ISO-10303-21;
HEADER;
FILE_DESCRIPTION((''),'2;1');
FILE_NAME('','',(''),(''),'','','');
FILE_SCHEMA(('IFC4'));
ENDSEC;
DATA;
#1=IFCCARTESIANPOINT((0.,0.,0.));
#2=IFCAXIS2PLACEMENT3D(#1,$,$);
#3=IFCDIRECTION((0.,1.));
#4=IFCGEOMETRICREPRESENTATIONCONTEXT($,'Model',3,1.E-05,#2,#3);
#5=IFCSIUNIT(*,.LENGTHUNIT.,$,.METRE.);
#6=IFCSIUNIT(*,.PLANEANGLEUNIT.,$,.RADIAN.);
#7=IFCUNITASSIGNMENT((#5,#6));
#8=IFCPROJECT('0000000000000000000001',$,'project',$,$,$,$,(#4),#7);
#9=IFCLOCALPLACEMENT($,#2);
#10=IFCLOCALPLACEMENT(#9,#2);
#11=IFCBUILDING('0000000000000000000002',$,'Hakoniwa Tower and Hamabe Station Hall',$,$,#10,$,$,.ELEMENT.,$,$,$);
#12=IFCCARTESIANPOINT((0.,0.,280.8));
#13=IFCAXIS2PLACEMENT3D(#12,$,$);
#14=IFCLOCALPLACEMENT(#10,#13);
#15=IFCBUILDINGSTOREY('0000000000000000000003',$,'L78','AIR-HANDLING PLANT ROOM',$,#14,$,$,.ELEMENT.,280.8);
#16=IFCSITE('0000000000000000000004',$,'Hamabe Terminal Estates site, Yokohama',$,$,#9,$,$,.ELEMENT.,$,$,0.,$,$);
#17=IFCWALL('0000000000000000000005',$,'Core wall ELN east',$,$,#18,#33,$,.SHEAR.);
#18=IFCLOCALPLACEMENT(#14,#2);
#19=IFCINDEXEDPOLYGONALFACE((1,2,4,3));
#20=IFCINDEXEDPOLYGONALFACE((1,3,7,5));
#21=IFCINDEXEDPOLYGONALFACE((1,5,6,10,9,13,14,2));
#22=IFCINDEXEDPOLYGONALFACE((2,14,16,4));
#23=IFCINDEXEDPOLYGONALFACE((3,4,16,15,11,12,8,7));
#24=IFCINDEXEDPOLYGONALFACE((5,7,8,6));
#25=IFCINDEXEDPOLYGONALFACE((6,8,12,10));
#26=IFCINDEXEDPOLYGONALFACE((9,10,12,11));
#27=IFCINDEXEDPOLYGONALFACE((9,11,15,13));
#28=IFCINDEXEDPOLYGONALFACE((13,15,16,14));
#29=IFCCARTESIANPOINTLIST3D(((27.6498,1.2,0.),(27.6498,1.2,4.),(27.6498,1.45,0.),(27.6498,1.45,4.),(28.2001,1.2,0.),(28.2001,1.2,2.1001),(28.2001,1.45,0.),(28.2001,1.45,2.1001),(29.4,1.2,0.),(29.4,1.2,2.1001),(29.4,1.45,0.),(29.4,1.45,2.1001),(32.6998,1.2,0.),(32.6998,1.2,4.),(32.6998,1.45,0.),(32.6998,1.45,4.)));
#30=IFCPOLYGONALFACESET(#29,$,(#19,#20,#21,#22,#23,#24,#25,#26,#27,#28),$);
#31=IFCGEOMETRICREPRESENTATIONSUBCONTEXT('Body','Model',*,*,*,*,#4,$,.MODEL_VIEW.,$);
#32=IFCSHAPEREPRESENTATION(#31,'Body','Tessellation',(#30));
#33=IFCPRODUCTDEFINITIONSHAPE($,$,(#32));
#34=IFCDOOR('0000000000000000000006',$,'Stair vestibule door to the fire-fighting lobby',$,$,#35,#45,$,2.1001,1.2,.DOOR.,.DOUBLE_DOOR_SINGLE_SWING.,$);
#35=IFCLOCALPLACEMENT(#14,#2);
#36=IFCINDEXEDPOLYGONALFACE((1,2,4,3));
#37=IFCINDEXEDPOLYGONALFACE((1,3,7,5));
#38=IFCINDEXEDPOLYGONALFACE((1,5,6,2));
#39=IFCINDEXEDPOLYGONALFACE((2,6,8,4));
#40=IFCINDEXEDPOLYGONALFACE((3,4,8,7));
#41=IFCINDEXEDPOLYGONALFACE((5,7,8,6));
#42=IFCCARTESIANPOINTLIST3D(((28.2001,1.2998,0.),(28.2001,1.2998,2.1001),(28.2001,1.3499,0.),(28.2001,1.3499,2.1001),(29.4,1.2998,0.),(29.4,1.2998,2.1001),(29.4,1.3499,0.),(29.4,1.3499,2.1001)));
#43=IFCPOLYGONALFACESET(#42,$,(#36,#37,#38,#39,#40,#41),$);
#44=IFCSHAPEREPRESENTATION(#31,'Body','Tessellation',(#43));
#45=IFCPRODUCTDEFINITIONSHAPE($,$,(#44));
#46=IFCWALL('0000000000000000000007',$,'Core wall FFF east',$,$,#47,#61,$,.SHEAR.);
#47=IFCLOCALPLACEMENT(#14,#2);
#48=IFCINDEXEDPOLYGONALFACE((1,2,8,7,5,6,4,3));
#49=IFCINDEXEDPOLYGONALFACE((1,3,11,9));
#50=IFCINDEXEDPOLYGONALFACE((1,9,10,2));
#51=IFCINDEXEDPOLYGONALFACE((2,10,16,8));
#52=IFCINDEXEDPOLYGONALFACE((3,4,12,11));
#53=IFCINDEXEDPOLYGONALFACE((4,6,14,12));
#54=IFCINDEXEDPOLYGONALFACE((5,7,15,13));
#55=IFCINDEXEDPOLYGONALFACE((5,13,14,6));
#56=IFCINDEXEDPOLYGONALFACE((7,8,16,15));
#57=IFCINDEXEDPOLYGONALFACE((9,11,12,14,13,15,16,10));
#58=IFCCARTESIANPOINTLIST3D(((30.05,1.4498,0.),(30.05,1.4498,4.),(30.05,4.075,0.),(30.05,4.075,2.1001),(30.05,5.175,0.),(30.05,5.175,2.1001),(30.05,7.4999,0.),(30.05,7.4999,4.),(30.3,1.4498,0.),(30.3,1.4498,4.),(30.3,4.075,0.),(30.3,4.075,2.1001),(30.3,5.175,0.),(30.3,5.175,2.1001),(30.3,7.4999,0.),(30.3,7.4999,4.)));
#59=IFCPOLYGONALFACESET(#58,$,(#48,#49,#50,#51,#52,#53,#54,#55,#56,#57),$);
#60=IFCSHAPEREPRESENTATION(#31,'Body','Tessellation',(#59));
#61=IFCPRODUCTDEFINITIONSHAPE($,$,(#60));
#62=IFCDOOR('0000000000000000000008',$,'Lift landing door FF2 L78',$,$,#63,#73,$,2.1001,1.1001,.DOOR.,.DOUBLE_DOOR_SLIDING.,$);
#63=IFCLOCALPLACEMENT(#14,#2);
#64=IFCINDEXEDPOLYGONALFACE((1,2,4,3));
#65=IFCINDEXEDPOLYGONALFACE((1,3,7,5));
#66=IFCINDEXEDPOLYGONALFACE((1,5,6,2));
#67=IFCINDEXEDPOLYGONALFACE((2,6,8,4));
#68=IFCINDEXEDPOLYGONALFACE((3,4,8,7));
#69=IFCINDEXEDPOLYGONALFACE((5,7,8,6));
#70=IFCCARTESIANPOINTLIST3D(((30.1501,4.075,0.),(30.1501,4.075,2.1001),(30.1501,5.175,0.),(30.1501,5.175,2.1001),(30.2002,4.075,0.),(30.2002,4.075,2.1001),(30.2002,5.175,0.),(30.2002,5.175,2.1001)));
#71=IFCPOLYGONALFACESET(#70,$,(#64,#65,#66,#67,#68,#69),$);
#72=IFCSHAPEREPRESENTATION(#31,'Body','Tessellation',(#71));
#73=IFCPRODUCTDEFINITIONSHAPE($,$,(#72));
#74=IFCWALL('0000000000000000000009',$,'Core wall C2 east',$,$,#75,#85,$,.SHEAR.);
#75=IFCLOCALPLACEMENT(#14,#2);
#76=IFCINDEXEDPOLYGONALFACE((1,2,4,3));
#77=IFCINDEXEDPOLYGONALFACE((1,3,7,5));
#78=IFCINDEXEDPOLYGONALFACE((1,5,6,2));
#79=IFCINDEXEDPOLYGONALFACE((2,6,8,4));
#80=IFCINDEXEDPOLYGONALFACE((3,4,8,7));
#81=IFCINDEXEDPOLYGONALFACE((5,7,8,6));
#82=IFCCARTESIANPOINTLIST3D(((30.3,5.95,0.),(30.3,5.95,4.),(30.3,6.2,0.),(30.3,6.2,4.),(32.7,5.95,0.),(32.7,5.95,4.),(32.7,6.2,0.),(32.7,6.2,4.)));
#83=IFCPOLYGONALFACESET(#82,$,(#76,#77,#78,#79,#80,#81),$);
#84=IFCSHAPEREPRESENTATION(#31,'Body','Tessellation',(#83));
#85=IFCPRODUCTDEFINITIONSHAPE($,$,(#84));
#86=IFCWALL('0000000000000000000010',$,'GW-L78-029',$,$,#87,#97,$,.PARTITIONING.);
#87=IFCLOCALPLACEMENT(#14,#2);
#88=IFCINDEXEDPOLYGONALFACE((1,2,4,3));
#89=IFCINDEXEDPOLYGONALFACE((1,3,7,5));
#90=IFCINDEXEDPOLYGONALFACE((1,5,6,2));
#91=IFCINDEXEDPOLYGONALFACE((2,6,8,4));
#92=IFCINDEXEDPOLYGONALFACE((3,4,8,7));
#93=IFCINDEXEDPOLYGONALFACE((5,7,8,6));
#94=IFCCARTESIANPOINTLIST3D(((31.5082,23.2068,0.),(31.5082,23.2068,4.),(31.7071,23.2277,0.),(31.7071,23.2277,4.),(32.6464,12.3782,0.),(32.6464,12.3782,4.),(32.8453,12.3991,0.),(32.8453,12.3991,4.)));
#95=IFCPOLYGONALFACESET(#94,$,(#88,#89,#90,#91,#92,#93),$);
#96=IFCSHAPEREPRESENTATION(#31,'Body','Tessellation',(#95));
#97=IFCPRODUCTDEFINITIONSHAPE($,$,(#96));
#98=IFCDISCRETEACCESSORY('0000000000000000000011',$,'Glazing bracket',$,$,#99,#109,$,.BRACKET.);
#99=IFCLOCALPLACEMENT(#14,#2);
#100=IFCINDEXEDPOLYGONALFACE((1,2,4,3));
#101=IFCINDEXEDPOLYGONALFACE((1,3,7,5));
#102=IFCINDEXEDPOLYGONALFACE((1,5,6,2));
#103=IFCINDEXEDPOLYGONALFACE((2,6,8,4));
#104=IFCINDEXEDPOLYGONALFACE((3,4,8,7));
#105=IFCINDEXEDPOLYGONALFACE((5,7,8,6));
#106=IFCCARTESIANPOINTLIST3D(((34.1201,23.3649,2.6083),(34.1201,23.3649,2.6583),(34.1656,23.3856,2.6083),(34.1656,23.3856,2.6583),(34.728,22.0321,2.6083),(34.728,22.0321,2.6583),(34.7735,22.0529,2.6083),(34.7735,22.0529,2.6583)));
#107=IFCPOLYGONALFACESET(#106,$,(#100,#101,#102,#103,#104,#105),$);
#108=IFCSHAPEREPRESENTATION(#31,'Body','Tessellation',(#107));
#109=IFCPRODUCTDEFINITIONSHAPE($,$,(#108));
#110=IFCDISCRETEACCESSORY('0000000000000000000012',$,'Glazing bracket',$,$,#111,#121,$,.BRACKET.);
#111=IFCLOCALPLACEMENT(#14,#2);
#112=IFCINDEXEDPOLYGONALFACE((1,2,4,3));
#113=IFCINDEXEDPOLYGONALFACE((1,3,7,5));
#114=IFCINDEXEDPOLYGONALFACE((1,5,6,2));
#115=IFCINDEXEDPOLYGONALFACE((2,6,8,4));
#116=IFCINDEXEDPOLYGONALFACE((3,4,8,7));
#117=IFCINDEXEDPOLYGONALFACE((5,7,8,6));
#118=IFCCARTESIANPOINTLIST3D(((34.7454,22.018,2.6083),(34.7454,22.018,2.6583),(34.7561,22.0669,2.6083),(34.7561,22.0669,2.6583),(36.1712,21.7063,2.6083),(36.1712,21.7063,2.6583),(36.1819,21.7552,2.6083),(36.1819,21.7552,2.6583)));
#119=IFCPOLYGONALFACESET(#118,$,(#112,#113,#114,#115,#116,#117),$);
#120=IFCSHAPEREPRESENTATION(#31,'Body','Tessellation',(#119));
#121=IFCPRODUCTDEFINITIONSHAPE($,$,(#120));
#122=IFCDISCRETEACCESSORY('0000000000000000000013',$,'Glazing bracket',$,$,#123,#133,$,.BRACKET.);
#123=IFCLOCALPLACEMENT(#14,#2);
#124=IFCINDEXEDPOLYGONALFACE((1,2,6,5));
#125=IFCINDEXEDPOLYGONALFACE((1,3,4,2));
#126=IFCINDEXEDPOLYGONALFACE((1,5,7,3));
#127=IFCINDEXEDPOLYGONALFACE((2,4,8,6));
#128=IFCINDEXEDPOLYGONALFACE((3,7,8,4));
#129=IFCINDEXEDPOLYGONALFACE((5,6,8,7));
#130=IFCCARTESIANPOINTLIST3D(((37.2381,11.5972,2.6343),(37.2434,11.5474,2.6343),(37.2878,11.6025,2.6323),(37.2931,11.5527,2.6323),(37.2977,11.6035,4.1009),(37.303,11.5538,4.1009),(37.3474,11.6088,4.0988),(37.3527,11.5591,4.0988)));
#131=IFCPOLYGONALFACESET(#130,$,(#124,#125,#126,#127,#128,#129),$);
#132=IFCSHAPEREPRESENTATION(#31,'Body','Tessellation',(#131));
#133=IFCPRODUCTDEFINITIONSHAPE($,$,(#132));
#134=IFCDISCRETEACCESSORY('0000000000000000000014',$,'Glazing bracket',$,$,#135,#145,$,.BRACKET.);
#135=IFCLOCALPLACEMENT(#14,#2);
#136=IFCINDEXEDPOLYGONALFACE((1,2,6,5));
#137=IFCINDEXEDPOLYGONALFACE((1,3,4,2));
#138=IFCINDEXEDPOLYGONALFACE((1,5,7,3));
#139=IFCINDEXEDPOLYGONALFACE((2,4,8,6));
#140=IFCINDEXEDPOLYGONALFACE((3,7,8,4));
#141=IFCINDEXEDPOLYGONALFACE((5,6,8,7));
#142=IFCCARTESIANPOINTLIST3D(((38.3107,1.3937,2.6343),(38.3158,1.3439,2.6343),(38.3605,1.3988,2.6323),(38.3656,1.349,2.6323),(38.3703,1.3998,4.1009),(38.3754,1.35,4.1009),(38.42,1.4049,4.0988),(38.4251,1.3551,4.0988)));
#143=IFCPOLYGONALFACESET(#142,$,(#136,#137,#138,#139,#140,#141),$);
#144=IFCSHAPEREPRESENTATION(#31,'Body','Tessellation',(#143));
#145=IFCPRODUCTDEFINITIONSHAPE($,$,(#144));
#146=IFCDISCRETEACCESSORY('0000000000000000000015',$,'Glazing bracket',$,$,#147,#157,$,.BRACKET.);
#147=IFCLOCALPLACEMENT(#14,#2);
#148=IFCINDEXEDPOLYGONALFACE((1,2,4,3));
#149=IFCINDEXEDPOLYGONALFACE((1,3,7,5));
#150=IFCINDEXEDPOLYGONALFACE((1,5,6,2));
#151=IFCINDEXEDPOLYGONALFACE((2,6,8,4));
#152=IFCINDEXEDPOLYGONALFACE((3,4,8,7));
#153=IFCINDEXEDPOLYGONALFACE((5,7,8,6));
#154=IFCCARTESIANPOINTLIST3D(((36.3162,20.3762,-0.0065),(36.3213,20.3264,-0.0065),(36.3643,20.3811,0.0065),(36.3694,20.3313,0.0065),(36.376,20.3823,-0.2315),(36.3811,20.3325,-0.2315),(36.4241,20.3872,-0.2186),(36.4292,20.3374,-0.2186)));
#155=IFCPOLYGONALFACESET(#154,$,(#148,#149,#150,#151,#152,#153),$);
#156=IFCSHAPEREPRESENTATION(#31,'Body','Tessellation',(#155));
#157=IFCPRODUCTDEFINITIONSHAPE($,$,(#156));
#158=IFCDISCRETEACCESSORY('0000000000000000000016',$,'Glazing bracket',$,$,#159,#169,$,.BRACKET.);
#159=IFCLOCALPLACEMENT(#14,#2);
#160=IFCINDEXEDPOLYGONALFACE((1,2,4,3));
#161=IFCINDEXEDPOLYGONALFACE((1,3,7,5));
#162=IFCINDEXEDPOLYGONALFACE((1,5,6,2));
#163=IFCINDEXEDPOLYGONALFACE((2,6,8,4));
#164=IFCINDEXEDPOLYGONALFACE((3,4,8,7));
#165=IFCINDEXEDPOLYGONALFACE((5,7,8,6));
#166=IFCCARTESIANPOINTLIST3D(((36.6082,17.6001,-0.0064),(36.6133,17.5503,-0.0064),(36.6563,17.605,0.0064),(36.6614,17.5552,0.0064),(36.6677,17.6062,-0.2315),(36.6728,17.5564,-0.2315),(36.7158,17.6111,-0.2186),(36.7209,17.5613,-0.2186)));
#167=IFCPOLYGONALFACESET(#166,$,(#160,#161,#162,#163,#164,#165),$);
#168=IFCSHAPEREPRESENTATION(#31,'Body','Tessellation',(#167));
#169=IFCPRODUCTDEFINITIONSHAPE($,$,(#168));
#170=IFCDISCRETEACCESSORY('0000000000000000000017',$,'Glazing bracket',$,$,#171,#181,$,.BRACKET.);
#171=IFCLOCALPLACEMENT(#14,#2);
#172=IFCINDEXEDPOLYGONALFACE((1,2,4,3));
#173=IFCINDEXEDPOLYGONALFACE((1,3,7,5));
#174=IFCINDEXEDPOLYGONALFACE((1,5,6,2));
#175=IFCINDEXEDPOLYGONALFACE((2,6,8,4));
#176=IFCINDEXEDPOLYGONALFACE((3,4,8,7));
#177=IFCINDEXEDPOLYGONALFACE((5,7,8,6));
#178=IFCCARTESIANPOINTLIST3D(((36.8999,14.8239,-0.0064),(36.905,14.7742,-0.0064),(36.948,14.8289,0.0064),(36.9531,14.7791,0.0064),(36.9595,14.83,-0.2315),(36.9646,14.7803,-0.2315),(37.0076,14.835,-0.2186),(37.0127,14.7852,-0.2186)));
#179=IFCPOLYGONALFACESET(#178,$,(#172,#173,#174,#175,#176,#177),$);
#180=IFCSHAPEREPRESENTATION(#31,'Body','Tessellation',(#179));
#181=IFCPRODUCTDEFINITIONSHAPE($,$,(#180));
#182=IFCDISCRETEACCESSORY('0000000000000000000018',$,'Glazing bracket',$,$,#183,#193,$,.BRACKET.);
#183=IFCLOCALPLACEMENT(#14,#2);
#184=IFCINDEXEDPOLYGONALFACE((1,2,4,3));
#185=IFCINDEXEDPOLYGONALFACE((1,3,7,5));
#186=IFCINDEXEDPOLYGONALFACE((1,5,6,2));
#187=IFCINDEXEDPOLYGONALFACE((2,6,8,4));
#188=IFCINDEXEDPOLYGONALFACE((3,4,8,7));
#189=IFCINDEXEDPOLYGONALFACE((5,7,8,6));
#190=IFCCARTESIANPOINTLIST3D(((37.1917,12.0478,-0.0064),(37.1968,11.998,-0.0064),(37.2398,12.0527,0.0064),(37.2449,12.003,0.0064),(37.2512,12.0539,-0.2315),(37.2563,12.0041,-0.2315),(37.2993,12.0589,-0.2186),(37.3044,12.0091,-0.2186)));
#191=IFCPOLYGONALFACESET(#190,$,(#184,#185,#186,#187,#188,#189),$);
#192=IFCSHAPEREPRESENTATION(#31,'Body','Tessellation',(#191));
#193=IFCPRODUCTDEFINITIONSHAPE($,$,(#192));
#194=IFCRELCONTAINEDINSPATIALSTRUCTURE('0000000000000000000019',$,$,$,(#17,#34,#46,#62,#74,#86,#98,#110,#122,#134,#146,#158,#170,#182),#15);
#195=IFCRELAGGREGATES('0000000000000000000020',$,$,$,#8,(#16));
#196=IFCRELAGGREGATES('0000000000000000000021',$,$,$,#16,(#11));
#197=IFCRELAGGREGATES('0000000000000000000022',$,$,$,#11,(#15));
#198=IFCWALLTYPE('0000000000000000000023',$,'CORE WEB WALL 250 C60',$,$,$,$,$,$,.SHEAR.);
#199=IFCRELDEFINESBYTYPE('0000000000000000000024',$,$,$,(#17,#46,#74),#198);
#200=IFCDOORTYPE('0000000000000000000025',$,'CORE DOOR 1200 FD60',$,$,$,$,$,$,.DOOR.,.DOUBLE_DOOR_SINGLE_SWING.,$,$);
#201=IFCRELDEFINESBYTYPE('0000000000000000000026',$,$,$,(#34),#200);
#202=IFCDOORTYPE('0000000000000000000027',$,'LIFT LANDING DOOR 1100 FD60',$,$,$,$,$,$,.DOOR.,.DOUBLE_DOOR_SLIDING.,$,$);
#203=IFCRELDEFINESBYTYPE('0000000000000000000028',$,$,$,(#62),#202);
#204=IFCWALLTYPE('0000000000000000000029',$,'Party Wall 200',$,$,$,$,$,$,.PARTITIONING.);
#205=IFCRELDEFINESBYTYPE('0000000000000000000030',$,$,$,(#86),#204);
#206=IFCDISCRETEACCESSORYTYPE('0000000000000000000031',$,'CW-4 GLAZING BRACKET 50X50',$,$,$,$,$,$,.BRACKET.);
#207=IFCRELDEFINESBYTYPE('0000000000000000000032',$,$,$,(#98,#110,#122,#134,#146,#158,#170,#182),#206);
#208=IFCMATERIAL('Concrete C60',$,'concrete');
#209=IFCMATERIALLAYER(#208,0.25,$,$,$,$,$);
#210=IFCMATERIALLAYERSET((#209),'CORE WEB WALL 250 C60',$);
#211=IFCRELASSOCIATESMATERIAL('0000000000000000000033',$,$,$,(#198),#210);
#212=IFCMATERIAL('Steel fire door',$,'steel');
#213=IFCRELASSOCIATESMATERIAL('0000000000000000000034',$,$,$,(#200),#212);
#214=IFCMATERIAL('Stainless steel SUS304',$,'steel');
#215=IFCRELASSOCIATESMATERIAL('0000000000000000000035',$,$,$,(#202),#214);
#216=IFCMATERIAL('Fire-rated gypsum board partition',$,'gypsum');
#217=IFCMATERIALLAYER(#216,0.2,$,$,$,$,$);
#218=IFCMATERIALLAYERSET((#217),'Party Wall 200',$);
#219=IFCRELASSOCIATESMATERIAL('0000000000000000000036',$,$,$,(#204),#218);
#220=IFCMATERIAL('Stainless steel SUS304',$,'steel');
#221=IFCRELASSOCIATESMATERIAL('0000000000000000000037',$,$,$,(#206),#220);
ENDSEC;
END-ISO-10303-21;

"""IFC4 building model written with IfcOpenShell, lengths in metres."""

from ifc_helpers import new_model, si_unit, direction, frame, frame_2d, origin, origin_2d, place, context, subcontext, project, spatial, rectangle, extrude, material, layer, layer_set, material_profile, profile_set, type_object, element, fill, save


model = new_model("IFC4")

# Units and contexts
model_context = context("Model", 3, precision=1e-05, world=origin(), true_north=direction((0.0, 1.0)))
body_context = subcontext(model_context, "Body", "Model", "MODEL_VIEW")
ifc_project = project(units=[si_unit("LENGTHUNIT", "METRE"), si_unit("PLANEANGLEUNIT", "RADIAN")], contexts=[model_context])

# Site, building, storey
site_placement = place(None, origin())
site = spatial("IfcSite", under=ifc_project, at=site_placement, Name="Hamabe Terminal Estates site, Yokohama", CompositionType="ELEMENT", RefElevation=0.0)
building_placement = place(site_placement, origin())
building = spatial("IfcBuilding", under=site, at=building_placement, Name="Hakoniwa Tower and Hamabe Station Hall", CompositionType="ELEMENT")
storey_placement = place(building_placement, frame((0.0, 0.0, 280.8)))
storey = spatial("IfcBuildingStorey", under=building, at=storey_placement, Name="L78", Description="AIR-HANDLING PLANT ROOM", CompositionType="ELEMENT", Elevation=280.8)

# Shared definitions
ifc_material_1 = material(Name="Concrete C60", Category="concrete")
ifc_layer_1 = layer(ifc_material_1, 0.25)
ifc_layer_set_1 = layer_set([ifc_layer_1], Name="CORE WEB WALL 250 C60")
wall_type_1 = type_object("IfcWallType", Name="CORE WEB WALL 250 C60", PredefinedType="SHEAR", material=ifc_layer_set_1)

# Walls, openings, doors
ifc_material_2 = material(Name="Steel fire door", Category="steel")
door_type_1 = type_object("IfcDoorType", Name="CORE DOOR 1200 FD60", OperationType="DOUBLE_DOOR_SINGLE_SWING", PredefinedType="DOOR", material=ifc_material_2)
wall_1_placement = place(storey_placement, frame((27.6499, 1.325, 0.0), z_axis=(0.0, 0.0, 1.0), x_axis=(1.0, 0.0, 0.0)))
wall_1 = element("IfcWall", 1, at=wall_1_placement, inside=storey, type_object=wall_type_1, Name="Core wall ELN east", PredefinedType="SHEAR", context=body_context, shape_type="SweptSolid", body=[
    extrude(rectangle(XDim=5.05, YDim=0.25, at=frame_2d((2.5249, 0.0))), origin(), (0.0, 0.0, 1.0), 4.0),
])
opening_1_placement = place(wall_1_placement, frame((0.55, 0.0, 0.0)))
opening_1 = element("IfcOpeningElement", 2, at=opening_1_placement, cuts=wall_1, PredefinedType="OPENING", context=body_context, shape_type="SweptSolid", body=[
    extrude(rectangle(XDim=1.2, YDim=2.1001, at=frame_2d((0.6001, 1.05))), frame((0.0, 0.135, 0.0), z_axis=(0.0, -1.0, 0.0), x_axis=(1.0, 0.0, 0.0)), (0.0, 0.0, 1.0), 0.27),
])
door_1_placement = place(opening_1_placement, origin())
door_1 = element("IfcDoor", 3, at=door_1_placement, inside=storey, type_object=door_type_1, Name="Stair vestibule door to the fire-fighting lobby", OperationType="DOUBLE_DOOR_SINGLE_SWING", OverallHeight=2.1001, OverallWidth=1.2, PredefinedType="DOOR", context=body_context, shape_type="SweptSolid", body=[
    extrude(rectangle(XDim=1.2, YDim=2.1001, at=frame_2d((0.6001, 1.05))), frame((0.0, 0.0249, 0.0), z_axis=(0.0, -1.0, 0.0), x_axis=(1.0, 0.0, 0.0)), (0.0, 0.0, 1.0), 0.05),
])
fill(opening_1, door_1)
wall_2_placement = place(storey_placement, frame((30.175, 1.45, 0.0), z_axis=(0.0, 0.0, 1.0), x_axis=(0.0, 1.0, 0.0)))
wall_2 = element("IfcWall", 4, at=wall_2_placement, inside=storey, type_object=wall_type_1, Name="Core wall FFF east", PredefinedType="SHEAR", context=body_context, shape_type="SweptSolid", body=[
    extrude(rectangle(XDim=6.05, YDim=0.25, at=frame_2d((3.0249, 0.0))), origin(), (0.0, 0.0, 1.0), 4.0),
])
opening_2_placement = place(wall_2_placement, frame((2.625, 0.0, 0.0)))
opening_2 = element("IfcOpeningElement", 5, at=opening_2_placement, cuts=wall_2, PredefinedType="OPENING", context=body_context, shape_type="SweptSolid", body=[
    extrude(rectangle(XDim=1.1001, YDim=2.1001, at=frame_2d((0.55, 1.05))), frame((0.0, 0.135, 0.0), z_axis=(0.0, -1.0, 0.0), x_axis=(1.0, 0.0, 0.0)), (0.0, 0.0, 1.0), 0.27),
])
ifc_material_3 = material(Name="Stainless steel SUS304", Category="steel")
door_type_2 = type_object("IfcDoorType", Name="LIFT LANDING DOOR 1100 FD60", OperationType="DOUBLE_DOOR_SLIDING", PredefinedType="DOOR", material=ifc_material_3)
door_2_placement = place(opening_2_placement, origin())
door_2 = element("IfcDoor", 6, at=door_2_placement, inside=storey, type_object=door_type_2, Name="Lift landing door FF2 L78", OperationType="DOUBLE_DOOR_SLIDING", OverallHeight=2.1001, OverallWidth=1.1001, PredefinedType="DOOR", context=body_context, shape_type="SweptSolid", body=[
    extrude(rectangle(XDim=1.1001, YDim=2.1001, at=frame_2d((0.55, 1.05))), frame((0.0, 0.0249, 0.0), z_axis=(0.0, -1.0, 0.0), x_axis=(1.0, 0.0, 0.0)), (0.0, 0.0, 1.0), 0.05),
])
fill(opening_2, door_2)

# Walls
wall_3_placement = place(storey_placement, frame((30.3, 6.075, 0.0), z_axis=(0.0, 0.0, 1.0), x_axis=(1.0, 0.0, 0.0)))
element("IfcWall", 7, at=wall_3_placement, inside=storey, type_object=wall_type_1, Name="Core wall C2 east", PredefinedType="SHEAR", context=body_context, shape_type="SweptSolid", body=[
    extrude(rectangle(XDim=2.3999, YDim=0.25, at=frame_2d((1.2, 0.0))), origin(), (0.0, 0.0, 1.0), 4.0),
])
ifc_material_4 = material(Name="Fire-rated gypsum board partition", Category="gypsum")
ifc_layer_2 = layer(ifc_material_4, 0.2)
ifc_layer_set_2 = layer_set([ifc_layer_2], Name="Party Wall 200")
wall_type_2 = type_object("IfcWallType", Name="Party Wall 200", PredefinedType="PARTITIONING", material=ifc_layer_set_2)
wall_4_placement = place(storey_placement, frame((32.7458, 12.3887, 0.0), z_axis=(0.0, 0.0, 1.0), x_axis=(-0.104533, 0.994521, 0.0)))
element("IfcWall", 8, at=wall_4_placement, inside=storey, type_object=wall_type_2, Name="GW-L78-029", PredefinedType="PARTITIONING", context=body_context, shape_type="SweptSolid", body=[
    extrude(rectangle(XDim=10.8882, YDim=0.2, at=frame_2d((5.4441, 0.0))), origin(), (0.0, 0.0, 1.0), 4.0),
])

# Discrete accessories
ifc_material_5 = material(Name="Stainless steel SUS304", Category="steel")
ifc_material_profile_1 = material_profile(ifc_material_5, rectangle(XDim=0.05, YDim=0.05, at=origin_2d()), Name="CW-4 GLAZING BRACKET 50X50")
ifc_profile_set_1 = profile_set([ifc_material_profile_1], Name="Stainless steel SUS304")
discrete_accessory_type = type_object("IfcDiscreteAccessoryType", Name="CW-4 GLAZING BRACKET 50X50", PredefinedType="BRACKET", material=ifc_profile_set_1)
discrete_accessory_1_placement = place(storey_placement, frame((34.1428, 23.3752, 2.6333), z_axis=(0.414995, -0.909823, 0.0), x_axis=(0.909823, 0.414995, 0.0)))
element("IfcDiscreteAccessory", 9, at=discrete_accessory_1_placement, inside=storey, type_object=discrete_accessory_type, Name="Glazing bracket", PredefinedType="BRACKET", context=body_context, shape_type="SweptSolid", body=[
    extrude(rectangle(XDim=0.05, YDim=0.05, at=origin_2d()), origin(), (0.0, 0.0, 1.0), 1.4648),
])
discrete_accessory_2_placement = place(storey_placement, frame((36.1765, 21.7307, 2.6333), z_axis=(-0.976917, 0.213617, 0.0), x_axis=(-0.213617, -0.976917, 0.0)))
element("IfcDiscreteAccessory", 10, at=discrete_accessory_2_placement, inside=storey, type_object=discrete_accessory_type, Name="Glazing bracket", PredefinedType="BRACKET", context=body_context, shape_type="SweptSolid", body=[
    extrude(rectangle(XDim=0.05, YDim=0.05, at=origin_2d()), origin(), (0.0, 0.0, 1.0), 1.4595),
])
for number, where, z_axis, x_axis, name in (
    (11, (37.2656, 11.575, 2.6333), (0.040585, 0.004325, 0.999167), (-0.105958, 0.994371, 0.0), "Glazing bracket"),
    (12, (38.3381, 1.3713, 2.6333), (0.040585, 0.004158, 0.999167), (-0.101925, 0.994792, 0.0), "Glazing bracket"),
):
    element("IfcDiscreteAccessory", number, at=place(storey_placement, frame(where, z_axis=z_axis, x_axis=x_axis)), inside=storey, type_object=discrete_accessory_type, Name=name, PredefinedType="BRACKET", context=body_context, shape_type="SweptSolid", body=[
        extrude(rectangle(XDim=0.05, YDim=0.05, at=origin_2d()), origin(), (0.0, 0.0, 1.0), 1.4678),
    ])
for number, where, z_axis, x_axis, name in (
    (13, (36.3428, 20.3538, 0.0), (0.256726, 0.026197, -0.966129), (-0.101514, 0.994834, 0.0), "Glazing bracket"),
    (14, (36.6348, 17.5776, 0.0), (0.255747, 0.026204, -0.966389), (-0.101925, 0.994792, 0.0), "Glazing bracket"),
    (15, (36.9265, 14.8015, 0.0), (0.255747, 0.026204, -0.966389), (-0.101925, 0.994792, 0.0), "Glazing bracket"),
    (16, (37.2183, 12.0254, 0.0), (0.255747, 0.026204, -0.966389), (-0.101925, 0.994792, 0.0), "Glazing bracket"),
):
    element("IfcDiscreteAccessory", number, at=place(storey_placement, frame(where, z_axis=z_axis, x_axis=x_axis)), inside=storey, type_object=discrete_accessory_type, Name=name, PredefinedType="BRACKET", context=body_context, shape_type="SweptSolid", body=[
        extrude(rectangle(XDim=0.05, YDim=0.05, at=origin_2d()), origin(), (0.0, 0.0, 1.0), 0.2329),
    ])

save(model, "model.ifc")
